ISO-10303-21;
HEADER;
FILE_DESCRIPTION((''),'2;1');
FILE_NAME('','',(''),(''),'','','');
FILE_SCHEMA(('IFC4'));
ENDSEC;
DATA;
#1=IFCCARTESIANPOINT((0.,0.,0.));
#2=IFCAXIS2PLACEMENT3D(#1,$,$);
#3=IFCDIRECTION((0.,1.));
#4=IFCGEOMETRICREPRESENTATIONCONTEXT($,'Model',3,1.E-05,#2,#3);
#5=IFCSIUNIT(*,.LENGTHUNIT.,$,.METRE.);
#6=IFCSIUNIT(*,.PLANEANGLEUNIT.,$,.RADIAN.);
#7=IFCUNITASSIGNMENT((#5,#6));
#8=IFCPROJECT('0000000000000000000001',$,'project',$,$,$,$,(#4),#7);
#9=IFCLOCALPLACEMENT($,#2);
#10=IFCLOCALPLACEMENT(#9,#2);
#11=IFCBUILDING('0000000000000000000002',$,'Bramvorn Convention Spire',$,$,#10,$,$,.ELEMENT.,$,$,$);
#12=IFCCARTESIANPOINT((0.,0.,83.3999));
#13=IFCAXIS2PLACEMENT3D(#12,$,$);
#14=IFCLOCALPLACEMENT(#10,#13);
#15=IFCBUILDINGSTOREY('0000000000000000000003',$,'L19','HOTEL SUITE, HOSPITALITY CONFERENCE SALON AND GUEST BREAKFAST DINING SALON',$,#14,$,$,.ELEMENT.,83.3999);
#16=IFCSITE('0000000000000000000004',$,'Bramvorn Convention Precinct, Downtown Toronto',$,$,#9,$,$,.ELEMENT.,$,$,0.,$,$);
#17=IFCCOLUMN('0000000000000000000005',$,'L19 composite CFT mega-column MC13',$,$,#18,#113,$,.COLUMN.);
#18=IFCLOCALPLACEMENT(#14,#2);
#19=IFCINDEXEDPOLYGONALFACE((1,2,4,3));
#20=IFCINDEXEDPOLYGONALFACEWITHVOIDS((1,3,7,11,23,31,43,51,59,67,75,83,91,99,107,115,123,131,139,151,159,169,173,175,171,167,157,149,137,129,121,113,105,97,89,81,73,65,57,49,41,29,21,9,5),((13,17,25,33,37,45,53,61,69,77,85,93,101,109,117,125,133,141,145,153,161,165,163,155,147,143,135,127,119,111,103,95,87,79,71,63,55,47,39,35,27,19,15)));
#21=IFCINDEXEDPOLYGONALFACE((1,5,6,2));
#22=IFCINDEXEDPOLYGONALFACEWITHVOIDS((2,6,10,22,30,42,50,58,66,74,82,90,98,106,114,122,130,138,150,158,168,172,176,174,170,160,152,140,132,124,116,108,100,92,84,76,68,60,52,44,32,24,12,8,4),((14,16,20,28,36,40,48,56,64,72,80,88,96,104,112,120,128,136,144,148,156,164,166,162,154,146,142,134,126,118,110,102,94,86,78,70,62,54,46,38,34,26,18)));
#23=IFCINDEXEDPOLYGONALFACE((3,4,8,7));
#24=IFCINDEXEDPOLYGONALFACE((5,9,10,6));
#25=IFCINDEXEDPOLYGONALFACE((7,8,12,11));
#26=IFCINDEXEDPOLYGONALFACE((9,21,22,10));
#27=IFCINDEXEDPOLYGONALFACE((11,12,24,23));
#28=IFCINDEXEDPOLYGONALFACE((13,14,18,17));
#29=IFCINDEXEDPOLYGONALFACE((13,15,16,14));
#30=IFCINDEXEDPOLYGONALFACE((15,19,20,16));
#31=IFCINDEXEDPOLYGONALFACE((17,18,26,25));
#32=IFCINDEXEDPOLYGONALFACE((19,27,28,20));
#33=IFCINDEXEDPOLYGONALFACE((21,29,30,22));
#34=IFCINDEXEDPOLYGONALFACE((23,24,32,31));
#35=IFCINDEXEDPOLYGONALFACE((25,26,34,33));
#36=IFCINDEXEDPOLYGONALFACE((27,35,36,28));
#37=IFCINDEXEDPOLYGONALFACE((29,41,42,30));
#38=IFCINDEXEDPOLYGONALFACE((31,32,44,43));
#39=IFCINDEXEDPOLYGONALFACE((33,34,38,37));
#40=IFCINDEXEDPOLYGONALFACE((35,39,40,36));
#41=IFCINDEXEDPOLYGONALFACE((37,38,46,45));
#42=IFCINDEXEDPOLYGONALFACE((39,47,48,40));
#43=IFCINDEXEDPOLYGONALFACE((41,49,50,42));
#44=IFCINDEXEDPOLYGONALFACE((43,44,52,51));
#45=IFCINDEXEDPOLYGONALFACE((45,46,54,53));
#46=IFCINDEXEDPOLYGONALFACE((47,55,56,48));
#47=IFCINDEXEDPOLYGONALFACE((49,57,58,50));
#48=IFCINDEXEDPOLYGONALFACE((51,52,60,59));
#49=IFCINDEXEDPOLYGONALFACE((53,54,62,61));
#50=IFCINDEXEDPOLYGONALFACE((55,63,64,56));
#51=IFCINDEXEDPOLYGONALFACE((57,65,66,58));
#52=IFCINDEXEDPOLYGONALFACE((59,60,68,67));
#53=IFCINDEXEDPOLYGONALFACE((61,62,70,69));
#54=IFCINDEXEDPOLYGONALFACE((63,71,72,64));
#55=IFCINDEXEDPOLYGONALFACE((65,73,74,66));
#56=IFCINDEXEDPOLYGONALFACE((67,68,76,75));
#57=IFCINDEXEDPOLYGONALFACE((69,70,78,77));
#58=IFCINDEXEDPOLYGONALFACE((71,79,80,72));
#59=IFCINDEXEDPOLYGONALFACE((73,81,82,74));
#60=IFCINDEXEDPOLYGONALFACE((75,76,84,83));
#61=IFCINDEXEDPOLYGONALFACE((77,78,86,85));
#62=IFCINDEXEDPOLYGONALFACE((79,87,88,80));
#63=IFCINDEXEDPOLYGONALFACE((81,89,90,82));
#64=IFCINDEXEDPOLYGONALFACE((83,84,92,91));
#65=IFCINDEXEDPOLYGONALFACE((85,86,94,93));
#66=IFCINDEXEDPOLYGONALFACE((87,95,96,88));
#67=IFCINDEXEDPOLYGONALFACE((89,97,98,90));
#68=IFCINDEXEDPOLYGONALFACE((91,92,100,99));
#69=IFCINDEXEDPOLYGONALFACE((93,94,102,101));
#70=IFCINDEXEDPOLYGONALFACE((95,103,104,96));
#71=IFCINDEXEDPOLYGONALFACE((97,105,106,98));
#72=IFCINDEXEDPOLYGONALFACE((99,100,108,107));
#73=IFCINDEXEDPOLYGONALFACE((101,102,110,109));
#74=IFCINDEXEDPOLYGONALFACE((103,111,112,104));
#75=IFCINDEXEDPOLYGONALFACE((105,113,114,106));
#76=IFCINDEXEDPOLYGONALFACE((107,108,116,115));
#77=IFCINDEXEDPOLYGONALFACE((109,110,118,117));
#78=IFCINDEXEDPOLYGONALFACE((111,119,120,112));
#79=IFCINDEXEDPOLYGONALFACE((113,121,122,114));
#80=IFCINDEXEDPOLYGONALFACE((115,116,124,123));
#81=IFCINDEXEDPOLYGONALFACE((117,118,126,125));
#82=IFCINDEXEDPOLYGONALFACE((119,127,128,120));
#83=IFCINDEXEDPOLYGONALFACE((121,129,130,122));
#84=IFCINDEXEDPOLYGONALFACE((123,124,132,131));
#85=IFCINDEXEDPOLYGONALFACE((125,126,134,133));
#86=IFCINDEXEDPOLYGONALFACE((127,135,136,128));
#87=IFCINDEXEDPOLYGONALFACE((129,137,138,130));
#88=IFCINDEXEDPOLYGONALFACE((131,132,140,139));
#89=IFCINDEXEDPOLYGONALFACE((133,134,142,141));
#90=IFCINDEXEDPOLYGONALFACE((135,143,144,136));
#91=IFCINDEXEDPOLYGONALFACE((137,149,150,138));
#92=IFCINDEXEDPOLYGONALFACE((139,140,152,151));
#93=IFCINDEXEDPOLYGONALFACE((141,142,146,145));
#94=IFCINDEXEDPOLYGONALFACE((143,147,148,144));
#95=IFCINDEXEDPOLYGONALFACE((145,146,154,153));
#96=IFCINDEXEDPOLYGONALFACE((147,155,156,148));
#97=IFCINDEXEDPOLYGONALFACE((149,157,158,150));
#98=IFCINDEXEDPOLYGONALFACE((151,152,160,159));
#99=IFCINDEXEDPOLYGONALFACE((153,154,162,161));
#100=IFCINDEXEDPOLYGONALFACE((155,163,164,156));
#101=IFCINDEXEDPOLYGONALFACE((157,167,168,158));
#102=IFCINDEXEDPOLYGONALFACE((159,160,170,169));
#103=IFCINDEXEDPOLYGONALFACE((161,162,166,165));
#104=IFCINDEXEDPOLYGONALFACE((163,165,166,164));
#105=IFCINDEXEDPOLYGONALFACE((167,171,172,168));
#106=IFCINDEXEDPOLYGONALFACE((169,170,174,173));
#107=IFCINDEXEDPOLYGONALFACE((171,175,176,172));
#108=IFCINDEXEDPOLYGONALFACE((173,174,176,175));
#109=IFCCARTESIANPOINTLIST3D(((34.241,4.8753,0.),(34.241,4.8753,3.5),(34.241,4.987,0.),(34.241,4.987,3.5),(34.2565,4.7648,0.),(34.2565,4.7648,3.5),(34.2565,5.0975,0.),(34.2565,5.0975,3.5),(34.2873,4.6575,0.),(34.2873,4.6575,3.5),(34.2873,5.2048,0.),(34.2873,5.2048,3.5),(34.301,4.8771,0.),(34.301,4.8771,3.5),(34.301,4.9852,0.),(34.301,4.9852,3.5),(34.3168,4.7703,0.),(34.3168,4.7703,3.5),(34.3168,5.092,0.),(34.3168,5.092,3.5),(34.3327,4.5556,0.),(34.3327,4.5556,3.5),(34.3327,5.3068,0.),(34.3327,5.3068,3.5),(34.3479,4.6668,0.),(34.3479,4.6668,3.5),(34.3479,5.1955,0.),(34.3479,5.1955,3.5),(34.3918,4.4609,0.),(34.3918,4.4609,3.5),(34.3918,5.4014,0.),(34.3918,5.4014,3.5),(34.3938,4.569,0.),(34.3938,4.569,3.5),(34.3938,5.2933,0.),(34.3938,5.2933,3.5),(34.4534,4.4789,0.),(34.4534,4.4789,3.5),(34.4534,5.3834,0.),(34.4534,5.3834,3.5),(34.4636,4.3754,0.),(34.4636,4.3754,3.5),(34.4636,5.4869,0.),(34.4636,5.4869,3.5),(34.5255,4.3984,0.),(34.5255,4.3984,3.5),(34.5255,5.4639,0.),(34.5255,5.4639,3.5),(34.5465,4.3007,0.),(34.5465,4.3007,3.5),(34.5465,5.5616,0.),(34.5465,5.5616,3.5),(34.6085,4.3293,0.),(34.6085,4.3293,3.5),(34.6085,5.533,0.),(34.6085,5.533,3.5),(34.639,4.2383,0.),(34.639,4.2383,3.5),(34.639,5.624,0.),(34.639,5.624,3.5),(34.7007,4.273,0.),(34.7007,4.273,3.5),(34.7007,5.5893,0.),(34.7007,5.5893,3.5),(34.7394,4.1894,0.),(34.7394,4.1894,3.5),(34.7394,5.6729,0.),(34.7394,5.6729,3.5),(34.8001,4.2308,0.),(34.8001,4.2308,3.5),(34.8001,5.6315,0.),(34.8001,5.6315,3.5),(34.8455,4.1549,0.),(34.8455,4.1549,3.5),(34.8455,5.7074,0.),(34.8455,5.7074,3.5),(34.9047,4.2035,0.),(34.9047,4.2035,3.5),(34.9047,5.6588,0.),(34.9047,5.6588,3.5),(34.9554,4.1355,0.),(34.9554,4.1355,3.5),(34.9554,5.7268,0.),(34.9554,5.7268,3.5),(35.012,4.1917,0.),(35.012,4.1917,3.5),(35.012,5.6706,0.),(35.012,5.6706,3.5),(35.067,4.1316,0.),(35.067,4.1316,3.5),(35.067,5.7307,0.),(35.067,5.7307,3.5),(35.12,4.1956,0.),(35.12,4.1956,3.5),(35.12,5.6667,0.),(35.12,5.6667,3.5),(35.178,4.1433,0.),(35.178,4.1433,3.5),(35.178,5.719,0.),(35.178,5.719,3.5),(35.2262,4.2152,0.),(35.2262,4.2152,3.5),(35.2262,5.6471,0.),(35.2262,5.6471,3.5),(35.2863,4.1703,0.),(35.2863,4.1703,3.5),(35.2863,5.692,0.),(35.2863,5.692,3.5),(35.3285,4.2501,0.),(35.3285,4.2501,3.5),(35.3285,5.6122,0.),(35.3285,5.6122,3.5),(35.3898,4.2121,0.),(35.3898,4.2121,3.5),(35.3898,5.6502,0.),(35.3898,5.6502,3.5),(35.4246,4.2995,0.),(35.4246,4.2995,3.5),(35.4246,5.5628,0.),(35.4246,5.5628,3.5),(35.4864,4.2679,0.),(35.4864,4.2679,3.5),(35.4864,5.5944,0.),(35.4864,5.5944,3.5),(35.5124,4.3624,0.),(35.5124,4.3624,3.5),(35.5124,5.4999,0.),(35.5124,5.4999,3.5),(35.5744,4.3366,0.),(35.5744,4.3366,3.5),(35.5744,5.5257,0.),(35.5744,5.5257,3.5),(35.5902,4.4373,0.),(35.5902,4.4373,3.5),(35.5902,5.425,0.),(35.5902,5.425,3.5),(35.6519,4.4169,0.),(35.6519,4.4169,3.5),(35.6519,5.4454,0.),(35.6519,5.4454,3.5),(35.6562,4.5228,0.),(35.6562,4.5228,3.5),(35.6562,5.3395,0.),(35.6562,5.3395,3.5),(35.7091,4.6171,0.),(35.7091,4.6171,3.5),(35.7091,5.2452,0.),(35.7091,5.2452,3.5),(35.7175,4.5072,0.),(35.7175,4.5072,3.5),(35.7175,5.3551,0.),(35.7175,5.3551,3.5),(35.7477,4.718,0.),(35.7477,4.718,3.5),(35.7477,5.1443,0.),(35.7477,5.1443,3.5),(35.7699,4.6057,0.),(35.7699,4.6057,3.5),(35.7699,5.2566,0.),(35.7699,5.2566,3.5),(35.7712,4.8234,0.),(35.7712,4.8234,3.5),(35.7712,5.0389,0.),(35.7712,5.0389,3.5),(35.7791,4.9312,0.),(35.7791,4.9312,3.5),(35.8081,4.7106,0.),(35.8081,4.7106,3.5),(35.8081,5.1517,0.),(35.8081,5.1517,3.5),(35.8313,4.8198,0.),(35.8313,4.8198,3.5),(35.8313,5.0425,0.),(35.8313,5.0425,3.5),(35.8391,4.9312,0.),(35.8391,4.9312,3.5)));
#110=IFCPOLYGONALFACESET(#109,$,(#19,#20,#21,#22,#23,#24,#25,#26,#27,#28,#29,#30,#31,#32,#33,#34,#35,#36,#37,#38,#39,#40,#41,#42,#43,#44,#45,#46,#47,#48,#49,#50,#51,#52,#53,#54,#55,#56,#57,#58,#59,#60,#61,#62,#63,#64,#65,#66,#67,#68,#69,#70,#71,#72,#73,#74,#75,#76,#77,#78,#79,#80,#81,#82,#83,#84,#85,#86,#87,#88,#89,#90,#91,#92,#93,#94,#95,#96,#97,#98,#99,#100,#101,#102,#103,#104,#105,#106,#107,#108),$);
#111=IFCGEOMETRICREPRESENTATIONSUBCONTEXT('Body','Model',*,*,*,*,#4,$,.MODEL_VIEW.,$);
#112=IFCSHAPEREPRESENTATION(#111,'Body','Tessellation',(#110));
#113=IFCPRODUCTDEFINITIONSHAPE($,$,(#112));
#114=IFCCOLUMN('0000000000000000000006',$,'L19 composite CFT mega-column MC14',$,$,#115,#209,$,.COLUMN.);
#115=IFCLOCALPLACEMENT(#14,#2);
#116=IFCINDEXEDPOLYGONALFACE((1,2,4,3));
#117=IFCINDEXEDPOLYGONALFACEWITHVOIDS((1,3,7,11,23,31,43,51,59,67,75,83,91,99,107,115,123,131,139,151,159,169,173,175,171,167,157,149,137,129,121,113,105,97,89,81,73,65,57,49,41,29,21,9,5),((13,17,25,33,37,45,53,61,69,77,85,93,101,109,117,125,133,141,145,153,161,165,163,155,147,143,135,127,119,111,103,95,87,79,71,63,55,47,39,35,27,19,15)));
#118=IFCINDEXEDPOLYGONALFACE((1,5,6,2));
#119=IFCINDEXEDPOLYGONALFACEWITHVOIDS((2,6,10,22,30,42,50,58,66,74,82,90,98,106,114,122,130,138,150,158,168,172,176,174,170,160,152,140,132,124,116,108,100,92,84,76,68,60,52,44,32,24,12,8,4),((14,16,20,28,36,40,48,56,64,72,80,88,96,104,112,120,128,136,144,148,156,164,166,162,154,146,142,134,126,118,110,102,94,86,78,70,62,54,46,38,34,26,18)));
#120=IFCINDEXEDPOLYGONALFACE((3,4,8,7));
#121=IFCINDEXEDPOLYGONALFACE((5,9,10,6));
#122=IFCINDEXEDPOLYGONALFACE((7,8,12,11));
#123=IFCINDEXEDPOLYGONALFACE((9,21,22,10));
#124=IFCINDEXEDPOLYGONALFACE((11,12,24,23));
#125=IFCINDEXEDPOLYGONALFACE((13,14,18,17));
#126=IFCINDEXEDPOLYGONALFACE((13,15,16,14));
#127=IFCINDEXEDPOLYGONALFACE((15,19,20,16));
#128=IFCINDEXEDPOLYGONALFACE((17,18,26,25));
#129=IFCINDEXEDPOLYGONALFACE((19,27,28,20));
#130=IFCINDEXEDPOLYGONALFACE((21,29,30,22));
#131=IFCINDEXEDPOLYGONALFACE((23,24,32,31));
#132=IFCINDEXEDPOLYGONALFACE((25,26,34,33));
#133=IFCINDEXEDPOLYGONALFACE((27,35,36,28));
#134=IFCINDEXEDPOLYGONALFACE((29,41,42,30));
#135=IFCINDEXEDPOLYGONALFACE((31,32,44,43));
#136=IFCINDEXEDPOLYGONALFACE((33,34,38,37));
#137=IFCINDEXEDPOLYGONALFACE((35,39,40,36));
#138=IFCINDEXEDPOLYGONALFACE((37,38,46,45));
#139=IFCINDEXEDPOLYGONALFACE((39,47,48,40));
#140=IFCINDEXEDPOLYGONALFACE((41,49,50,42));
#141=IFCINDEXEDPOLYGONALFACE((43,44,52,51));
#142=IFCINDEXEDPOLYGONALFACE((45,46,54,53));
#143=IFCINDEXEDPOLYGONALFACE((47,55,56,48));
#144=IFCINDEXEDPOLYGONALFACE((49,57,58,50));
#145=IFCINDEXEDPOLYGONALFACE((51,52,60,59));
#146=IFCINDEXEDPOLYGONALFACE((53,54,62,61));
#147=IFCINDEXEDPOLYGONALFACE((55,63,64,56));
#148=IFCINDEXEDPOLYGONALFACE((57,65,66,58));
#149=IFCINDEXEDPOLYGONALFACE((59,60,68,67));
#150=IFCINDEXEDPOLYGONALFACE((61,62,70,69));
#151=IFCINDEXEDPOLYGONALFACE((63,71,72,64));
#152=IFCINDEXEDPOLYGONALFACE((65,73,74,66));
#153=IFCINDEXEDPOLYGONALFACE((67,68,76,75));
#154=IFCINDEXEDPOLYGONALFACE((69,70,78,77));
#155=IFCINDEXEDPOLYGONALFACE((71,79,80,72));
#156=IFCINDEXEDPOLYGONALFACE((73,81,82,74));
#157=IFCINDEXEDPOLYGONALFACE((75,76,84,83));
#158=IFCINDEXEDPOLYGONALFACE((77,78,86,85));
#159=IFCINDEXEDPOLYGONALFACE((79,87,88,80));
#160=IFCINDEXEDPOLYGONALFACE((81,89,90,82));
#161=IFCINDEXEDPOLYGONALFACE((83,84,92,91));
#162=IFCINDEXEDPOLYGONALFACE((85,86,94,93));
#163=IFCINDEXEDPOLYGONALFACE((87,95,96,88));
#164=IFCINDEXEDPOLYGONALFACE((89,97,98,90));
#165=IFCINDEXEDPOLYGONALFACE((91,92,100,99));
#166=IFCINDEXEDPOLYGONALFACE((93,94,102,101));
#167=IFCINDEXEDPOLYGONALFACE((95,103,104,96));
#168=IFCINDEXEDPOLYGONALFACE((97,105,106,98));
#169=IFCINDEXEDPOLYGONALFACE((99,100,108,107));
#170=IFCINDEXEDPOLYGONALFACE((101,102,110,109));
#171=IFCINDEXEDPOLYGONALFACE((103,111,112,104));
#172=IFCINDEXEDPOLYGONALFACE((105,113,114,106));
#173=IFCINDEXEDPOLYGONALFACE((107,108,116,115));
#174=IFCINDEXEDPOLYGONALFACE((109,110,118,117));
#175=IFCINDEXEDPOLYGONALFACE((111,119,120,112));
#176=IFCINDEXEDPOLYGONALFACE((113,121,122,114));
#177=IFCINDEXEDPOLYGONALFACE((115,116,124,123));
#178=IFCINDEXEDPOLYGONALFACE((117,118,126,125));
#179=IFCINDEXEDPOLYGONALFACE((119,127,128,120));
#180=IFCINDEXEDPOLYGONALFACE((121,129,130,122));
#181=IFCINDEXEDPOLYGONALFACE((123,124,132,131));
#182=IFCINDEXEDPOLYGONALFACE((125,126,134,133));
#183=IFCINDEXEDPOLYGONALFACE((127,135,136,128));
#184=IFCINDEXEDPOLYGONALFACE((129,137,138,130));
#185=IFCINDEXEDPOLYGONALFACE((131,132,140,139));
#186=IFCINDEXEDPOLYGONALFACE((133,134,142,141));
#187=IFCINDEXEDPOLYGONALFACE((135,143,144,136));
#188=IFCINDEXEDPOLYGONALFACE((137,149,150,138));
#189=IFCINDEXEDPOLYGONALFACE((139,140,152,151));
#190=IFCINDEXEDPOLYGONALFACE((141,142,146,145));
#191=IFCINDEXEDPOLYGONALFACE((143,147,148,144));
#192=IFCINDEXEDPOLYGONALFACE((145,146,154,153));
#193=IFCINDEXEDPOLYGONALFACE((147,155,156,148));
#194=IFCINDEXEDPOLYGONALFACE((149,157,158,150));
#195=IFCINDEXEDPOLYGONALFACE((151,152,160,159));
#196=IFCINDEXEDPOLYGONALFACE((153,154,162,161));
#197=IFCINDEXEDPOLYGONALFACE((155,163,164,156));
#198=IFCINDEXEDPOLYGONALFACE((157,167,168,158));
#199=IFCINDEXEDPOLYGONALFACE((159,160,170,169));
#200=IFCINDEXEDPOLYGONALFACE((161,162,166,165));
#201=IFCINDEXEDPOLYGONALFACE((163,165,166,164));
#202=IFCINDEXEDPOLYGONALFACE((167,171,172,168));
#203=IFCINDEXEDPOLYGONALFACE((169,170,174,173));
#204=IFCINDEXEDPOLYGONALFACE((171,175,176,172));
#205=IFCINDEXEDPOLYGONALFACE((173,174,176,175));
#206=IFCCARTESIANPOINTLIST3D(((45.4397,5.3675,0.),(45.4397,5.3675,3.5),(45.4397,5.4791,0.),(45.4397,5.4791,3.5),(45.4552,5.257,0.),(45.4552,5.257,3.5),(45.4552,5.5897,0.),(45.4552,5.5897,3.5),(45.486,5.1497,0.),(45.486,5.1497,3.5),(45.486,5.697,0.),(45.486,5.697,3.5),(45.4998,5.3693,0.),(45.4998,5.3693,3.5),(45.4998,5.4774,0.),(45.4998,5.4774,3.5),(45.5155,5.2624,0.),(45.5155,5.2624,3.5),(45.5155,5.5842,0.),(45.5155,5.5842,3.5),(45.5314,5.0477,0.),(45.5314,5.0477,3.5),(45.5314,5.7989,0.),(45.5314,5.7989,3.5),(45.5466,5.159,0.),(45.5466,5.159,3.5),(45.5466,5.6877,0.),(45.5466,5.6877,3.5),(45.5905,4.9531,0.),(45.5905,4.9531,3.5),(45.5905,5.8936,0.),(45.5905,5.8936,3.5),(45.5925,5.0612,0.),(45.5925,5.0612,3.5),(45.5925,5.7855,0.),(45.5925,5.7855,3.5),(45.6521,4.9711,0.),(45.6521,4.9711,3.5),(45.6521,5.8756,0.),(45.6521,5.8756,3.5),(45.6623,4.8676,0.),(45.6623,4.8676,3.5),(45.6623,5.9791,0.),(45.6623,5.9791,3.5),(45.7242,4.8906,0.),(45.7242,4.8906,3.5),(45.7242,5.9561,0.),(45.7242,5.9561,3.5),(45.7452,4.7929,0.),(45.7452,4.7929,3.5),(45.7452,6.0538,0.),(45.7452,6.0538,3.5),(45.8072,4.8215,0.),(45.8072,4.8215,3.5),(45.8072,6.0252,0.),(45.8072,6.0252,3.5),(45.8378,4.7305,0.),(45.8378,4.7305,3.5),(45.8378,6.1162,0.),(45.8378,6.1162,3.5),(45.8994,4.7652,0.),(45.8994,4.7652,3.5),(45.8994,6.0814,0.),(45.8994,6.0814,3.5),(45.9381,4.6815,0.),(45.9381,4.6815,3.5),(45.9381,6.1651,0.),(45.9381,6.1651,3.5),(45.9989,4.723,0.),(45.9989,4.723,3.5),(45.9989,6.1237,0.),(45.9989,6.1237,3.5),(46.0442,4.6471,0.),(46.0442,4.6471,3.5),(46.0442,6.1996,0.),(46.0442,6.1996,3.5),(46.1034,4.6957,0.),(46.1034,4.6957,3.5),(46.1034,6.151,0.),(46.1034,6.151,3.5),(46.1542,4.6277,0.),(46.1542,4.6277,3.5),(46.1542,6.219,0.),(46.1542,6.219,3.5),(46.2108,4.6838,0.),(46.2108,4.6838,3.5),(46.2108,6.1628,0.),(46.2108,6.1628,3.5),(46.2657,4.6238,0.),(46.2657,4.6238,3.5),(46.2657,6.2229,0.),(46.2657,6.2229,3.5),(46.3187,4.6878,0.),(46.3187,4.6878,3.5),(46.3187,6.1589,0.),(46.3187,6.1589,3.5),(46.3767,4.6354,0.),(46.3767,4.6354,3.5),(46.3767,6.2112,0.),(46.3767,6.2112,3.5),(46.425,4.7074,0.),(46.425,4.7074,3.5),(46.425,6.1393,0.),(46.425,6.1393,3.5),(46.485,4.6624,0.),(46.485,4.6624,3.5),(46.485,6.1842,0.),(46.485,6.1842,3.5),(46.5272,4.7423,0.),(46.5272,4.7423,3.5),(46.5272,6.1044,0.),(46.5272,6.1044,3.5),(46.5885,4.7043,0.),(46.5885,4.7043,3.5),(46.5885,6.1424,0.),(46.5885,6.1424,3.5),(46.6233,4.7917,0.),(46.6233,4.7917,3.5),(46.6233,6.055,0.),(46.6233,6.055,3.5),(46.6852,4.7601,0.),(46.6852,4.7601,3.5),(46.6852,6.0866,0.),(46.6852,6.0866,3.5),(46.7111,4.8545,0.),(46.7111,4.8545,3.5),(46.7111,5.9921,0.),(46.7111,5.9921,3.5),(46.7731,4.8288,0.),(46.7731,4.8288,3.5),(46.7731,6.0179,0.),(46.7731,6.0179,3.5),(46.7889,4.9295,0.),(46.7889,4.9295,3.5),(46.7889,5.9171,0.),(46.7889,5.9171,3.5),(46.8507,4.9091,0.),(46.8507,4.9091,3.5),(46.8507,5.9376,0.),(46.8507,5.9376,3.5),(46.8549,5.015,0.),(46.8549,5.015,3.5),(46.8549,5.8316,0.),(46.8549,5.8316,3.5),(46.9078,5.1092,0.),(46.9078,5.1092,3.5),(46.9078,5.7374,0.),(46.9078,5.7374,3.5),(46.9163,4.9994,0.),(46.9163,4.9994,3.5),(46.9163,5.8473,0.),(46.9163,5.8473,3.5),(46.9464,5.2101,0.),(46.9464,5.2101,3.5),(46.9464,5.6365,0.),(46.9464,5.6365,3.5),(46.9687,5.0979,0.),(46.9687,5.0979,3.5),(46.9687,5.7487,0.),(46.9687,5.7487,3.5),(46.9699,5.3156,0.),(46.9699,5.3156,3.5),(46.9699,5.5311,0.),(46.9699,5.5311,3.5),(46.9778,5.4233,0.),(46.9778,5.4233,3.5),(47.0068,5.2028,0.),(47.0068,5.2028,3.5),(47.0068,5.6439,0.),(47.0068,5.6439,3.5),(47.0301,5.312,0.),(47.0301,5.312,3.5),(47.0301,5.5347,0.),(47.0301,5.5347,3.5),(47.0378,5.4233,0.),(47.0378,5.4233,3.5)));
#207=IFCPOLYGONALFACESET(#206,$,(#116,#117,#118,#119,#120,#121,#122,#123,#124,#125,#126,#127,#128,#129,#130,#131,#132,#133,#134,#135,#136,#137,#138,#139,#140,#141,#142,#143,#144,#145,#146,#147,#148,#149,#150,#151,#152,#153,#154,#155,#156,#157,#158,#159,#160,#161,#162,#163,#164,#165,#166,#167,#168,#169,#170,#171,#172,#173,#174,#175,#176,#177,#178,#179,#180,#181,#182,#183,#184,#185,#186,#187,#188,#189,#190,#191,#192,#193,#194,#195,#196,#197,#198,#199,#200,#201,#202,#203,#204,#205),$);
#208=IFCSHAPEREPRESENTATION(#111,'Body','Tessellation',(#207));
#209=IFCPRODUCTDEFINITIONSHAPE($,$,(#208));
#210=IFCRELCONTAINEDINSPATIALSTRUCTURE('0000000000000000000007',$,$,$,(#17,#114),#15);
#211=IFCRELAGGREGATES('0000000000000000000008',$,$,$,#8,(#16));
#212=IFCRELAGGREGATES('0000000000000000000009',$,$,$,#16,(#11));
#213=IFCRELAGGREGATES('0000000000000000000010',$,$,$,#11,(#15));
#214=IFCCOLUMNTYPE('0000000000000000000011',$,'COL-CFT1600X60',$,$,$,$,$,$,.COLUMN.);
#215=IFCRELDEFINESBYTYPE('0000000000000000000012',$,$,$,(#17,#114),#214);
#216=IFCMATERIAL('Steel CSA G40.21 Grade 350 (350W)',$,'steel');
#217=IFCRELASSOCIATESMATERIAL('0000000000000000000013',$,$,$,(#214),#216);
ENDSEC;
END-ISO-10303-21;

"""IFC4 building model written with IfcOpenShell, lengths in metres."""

from ifc_helpers import new_model, si_unit, direction, frame, origin, origin_2d, place, context, subcontext, project, spatial, hollow_circle, extrude, material, material_profile, profile_set, type_object, element, save


model = new_model("IFC4")

# Units and contexts
model_context = context("Model", 3, precision=1e-05, world=origin(), true_north=direction((0.0, 1.0)))
body_context = subcontext(model_context, "Body", "Model", "MODEL_VIEW")
ifc_project = project(units=[si_unit("LENGTHUNIT", "METRE"), si_unit("PLANEANGLEUNIT", "RADIAN")], contexts=[model_context])

# Site, building, storey
site_placement = place(None, origin())
site = spatial("IfcSite", under=ifc_project, at=site_placement, Name="Bramvorn Convention Precinct, Downtown Toronto", CompositionType="ELEMENT", RefElevation=0.0)
building_placement = place(site_placement, origin())
building = spatial("IfcBuilding", under=site, at=building_placement, Name="Bramvorn Convention Spire", CompositionType="ELEMENT")
storey_placement = place(building_placement, frame((0.0, 0.0, 83.3999)))
storey = spatial("IfcBuildingStorey", under=building, at=storey_placement, Name="L19", Description="HOTEL SUITE, HOSPITALITY CONFERENCE SALON AND GUEST BREAKFAST DINING SALON", CompositionType="ELEMENT", Elevation=83.3999)

# Columns
ifc_material_1 = material(Name="Steel CSA G40.21 Grade 350 (350W)", Category="steel")
ifc_material_profile_1 = material_profile(ifc_material_1, hollow_circle(Radius=0.8, WallThickness=0.0601, at=origin_2d()))
ifc_profile_set_1 = profile_set([ifc_material_profile_1], Name="Steel CSA G40.21 Grade 350 (350W) - CFT1600X60")
column_type = type_object("IfcColumnType", Name="COL-CFT1600X60", PredefinedType="COLUMN", material=ifc_profile_set_1)
for number, where, z_axis, x_axis, name in (
    (1, (35.0391, 4.9312, 0.0), (0.0, 0.0, 1.0), (1.0, 0.0, 0.0), "L19 composite CFT mega-column MC13"),
    (2, (46.2378, 5.4233, 0.0), (0.0, 0.0, 1.0), (1.0, 0.0, 0.0), "L19 composite CFT mega-column MC14"),
):
    element("IfcColumn", number, at=place(storey_placement, frame(where, z_axis=z_axis, x_axis=x_axis)), inside=storey, type_object=column_type, Name=name, PredefinedType="COLUMN", context=body_context, shape_type="SweptSolid", body=[
        extrude(hollow_circle(Radius=0.8, WallThickness=0.0601, at=origin_2d()), origin(), (0.0, 0.0, 1.0), 3.5),
    ])

save(model, "model.ifc")
